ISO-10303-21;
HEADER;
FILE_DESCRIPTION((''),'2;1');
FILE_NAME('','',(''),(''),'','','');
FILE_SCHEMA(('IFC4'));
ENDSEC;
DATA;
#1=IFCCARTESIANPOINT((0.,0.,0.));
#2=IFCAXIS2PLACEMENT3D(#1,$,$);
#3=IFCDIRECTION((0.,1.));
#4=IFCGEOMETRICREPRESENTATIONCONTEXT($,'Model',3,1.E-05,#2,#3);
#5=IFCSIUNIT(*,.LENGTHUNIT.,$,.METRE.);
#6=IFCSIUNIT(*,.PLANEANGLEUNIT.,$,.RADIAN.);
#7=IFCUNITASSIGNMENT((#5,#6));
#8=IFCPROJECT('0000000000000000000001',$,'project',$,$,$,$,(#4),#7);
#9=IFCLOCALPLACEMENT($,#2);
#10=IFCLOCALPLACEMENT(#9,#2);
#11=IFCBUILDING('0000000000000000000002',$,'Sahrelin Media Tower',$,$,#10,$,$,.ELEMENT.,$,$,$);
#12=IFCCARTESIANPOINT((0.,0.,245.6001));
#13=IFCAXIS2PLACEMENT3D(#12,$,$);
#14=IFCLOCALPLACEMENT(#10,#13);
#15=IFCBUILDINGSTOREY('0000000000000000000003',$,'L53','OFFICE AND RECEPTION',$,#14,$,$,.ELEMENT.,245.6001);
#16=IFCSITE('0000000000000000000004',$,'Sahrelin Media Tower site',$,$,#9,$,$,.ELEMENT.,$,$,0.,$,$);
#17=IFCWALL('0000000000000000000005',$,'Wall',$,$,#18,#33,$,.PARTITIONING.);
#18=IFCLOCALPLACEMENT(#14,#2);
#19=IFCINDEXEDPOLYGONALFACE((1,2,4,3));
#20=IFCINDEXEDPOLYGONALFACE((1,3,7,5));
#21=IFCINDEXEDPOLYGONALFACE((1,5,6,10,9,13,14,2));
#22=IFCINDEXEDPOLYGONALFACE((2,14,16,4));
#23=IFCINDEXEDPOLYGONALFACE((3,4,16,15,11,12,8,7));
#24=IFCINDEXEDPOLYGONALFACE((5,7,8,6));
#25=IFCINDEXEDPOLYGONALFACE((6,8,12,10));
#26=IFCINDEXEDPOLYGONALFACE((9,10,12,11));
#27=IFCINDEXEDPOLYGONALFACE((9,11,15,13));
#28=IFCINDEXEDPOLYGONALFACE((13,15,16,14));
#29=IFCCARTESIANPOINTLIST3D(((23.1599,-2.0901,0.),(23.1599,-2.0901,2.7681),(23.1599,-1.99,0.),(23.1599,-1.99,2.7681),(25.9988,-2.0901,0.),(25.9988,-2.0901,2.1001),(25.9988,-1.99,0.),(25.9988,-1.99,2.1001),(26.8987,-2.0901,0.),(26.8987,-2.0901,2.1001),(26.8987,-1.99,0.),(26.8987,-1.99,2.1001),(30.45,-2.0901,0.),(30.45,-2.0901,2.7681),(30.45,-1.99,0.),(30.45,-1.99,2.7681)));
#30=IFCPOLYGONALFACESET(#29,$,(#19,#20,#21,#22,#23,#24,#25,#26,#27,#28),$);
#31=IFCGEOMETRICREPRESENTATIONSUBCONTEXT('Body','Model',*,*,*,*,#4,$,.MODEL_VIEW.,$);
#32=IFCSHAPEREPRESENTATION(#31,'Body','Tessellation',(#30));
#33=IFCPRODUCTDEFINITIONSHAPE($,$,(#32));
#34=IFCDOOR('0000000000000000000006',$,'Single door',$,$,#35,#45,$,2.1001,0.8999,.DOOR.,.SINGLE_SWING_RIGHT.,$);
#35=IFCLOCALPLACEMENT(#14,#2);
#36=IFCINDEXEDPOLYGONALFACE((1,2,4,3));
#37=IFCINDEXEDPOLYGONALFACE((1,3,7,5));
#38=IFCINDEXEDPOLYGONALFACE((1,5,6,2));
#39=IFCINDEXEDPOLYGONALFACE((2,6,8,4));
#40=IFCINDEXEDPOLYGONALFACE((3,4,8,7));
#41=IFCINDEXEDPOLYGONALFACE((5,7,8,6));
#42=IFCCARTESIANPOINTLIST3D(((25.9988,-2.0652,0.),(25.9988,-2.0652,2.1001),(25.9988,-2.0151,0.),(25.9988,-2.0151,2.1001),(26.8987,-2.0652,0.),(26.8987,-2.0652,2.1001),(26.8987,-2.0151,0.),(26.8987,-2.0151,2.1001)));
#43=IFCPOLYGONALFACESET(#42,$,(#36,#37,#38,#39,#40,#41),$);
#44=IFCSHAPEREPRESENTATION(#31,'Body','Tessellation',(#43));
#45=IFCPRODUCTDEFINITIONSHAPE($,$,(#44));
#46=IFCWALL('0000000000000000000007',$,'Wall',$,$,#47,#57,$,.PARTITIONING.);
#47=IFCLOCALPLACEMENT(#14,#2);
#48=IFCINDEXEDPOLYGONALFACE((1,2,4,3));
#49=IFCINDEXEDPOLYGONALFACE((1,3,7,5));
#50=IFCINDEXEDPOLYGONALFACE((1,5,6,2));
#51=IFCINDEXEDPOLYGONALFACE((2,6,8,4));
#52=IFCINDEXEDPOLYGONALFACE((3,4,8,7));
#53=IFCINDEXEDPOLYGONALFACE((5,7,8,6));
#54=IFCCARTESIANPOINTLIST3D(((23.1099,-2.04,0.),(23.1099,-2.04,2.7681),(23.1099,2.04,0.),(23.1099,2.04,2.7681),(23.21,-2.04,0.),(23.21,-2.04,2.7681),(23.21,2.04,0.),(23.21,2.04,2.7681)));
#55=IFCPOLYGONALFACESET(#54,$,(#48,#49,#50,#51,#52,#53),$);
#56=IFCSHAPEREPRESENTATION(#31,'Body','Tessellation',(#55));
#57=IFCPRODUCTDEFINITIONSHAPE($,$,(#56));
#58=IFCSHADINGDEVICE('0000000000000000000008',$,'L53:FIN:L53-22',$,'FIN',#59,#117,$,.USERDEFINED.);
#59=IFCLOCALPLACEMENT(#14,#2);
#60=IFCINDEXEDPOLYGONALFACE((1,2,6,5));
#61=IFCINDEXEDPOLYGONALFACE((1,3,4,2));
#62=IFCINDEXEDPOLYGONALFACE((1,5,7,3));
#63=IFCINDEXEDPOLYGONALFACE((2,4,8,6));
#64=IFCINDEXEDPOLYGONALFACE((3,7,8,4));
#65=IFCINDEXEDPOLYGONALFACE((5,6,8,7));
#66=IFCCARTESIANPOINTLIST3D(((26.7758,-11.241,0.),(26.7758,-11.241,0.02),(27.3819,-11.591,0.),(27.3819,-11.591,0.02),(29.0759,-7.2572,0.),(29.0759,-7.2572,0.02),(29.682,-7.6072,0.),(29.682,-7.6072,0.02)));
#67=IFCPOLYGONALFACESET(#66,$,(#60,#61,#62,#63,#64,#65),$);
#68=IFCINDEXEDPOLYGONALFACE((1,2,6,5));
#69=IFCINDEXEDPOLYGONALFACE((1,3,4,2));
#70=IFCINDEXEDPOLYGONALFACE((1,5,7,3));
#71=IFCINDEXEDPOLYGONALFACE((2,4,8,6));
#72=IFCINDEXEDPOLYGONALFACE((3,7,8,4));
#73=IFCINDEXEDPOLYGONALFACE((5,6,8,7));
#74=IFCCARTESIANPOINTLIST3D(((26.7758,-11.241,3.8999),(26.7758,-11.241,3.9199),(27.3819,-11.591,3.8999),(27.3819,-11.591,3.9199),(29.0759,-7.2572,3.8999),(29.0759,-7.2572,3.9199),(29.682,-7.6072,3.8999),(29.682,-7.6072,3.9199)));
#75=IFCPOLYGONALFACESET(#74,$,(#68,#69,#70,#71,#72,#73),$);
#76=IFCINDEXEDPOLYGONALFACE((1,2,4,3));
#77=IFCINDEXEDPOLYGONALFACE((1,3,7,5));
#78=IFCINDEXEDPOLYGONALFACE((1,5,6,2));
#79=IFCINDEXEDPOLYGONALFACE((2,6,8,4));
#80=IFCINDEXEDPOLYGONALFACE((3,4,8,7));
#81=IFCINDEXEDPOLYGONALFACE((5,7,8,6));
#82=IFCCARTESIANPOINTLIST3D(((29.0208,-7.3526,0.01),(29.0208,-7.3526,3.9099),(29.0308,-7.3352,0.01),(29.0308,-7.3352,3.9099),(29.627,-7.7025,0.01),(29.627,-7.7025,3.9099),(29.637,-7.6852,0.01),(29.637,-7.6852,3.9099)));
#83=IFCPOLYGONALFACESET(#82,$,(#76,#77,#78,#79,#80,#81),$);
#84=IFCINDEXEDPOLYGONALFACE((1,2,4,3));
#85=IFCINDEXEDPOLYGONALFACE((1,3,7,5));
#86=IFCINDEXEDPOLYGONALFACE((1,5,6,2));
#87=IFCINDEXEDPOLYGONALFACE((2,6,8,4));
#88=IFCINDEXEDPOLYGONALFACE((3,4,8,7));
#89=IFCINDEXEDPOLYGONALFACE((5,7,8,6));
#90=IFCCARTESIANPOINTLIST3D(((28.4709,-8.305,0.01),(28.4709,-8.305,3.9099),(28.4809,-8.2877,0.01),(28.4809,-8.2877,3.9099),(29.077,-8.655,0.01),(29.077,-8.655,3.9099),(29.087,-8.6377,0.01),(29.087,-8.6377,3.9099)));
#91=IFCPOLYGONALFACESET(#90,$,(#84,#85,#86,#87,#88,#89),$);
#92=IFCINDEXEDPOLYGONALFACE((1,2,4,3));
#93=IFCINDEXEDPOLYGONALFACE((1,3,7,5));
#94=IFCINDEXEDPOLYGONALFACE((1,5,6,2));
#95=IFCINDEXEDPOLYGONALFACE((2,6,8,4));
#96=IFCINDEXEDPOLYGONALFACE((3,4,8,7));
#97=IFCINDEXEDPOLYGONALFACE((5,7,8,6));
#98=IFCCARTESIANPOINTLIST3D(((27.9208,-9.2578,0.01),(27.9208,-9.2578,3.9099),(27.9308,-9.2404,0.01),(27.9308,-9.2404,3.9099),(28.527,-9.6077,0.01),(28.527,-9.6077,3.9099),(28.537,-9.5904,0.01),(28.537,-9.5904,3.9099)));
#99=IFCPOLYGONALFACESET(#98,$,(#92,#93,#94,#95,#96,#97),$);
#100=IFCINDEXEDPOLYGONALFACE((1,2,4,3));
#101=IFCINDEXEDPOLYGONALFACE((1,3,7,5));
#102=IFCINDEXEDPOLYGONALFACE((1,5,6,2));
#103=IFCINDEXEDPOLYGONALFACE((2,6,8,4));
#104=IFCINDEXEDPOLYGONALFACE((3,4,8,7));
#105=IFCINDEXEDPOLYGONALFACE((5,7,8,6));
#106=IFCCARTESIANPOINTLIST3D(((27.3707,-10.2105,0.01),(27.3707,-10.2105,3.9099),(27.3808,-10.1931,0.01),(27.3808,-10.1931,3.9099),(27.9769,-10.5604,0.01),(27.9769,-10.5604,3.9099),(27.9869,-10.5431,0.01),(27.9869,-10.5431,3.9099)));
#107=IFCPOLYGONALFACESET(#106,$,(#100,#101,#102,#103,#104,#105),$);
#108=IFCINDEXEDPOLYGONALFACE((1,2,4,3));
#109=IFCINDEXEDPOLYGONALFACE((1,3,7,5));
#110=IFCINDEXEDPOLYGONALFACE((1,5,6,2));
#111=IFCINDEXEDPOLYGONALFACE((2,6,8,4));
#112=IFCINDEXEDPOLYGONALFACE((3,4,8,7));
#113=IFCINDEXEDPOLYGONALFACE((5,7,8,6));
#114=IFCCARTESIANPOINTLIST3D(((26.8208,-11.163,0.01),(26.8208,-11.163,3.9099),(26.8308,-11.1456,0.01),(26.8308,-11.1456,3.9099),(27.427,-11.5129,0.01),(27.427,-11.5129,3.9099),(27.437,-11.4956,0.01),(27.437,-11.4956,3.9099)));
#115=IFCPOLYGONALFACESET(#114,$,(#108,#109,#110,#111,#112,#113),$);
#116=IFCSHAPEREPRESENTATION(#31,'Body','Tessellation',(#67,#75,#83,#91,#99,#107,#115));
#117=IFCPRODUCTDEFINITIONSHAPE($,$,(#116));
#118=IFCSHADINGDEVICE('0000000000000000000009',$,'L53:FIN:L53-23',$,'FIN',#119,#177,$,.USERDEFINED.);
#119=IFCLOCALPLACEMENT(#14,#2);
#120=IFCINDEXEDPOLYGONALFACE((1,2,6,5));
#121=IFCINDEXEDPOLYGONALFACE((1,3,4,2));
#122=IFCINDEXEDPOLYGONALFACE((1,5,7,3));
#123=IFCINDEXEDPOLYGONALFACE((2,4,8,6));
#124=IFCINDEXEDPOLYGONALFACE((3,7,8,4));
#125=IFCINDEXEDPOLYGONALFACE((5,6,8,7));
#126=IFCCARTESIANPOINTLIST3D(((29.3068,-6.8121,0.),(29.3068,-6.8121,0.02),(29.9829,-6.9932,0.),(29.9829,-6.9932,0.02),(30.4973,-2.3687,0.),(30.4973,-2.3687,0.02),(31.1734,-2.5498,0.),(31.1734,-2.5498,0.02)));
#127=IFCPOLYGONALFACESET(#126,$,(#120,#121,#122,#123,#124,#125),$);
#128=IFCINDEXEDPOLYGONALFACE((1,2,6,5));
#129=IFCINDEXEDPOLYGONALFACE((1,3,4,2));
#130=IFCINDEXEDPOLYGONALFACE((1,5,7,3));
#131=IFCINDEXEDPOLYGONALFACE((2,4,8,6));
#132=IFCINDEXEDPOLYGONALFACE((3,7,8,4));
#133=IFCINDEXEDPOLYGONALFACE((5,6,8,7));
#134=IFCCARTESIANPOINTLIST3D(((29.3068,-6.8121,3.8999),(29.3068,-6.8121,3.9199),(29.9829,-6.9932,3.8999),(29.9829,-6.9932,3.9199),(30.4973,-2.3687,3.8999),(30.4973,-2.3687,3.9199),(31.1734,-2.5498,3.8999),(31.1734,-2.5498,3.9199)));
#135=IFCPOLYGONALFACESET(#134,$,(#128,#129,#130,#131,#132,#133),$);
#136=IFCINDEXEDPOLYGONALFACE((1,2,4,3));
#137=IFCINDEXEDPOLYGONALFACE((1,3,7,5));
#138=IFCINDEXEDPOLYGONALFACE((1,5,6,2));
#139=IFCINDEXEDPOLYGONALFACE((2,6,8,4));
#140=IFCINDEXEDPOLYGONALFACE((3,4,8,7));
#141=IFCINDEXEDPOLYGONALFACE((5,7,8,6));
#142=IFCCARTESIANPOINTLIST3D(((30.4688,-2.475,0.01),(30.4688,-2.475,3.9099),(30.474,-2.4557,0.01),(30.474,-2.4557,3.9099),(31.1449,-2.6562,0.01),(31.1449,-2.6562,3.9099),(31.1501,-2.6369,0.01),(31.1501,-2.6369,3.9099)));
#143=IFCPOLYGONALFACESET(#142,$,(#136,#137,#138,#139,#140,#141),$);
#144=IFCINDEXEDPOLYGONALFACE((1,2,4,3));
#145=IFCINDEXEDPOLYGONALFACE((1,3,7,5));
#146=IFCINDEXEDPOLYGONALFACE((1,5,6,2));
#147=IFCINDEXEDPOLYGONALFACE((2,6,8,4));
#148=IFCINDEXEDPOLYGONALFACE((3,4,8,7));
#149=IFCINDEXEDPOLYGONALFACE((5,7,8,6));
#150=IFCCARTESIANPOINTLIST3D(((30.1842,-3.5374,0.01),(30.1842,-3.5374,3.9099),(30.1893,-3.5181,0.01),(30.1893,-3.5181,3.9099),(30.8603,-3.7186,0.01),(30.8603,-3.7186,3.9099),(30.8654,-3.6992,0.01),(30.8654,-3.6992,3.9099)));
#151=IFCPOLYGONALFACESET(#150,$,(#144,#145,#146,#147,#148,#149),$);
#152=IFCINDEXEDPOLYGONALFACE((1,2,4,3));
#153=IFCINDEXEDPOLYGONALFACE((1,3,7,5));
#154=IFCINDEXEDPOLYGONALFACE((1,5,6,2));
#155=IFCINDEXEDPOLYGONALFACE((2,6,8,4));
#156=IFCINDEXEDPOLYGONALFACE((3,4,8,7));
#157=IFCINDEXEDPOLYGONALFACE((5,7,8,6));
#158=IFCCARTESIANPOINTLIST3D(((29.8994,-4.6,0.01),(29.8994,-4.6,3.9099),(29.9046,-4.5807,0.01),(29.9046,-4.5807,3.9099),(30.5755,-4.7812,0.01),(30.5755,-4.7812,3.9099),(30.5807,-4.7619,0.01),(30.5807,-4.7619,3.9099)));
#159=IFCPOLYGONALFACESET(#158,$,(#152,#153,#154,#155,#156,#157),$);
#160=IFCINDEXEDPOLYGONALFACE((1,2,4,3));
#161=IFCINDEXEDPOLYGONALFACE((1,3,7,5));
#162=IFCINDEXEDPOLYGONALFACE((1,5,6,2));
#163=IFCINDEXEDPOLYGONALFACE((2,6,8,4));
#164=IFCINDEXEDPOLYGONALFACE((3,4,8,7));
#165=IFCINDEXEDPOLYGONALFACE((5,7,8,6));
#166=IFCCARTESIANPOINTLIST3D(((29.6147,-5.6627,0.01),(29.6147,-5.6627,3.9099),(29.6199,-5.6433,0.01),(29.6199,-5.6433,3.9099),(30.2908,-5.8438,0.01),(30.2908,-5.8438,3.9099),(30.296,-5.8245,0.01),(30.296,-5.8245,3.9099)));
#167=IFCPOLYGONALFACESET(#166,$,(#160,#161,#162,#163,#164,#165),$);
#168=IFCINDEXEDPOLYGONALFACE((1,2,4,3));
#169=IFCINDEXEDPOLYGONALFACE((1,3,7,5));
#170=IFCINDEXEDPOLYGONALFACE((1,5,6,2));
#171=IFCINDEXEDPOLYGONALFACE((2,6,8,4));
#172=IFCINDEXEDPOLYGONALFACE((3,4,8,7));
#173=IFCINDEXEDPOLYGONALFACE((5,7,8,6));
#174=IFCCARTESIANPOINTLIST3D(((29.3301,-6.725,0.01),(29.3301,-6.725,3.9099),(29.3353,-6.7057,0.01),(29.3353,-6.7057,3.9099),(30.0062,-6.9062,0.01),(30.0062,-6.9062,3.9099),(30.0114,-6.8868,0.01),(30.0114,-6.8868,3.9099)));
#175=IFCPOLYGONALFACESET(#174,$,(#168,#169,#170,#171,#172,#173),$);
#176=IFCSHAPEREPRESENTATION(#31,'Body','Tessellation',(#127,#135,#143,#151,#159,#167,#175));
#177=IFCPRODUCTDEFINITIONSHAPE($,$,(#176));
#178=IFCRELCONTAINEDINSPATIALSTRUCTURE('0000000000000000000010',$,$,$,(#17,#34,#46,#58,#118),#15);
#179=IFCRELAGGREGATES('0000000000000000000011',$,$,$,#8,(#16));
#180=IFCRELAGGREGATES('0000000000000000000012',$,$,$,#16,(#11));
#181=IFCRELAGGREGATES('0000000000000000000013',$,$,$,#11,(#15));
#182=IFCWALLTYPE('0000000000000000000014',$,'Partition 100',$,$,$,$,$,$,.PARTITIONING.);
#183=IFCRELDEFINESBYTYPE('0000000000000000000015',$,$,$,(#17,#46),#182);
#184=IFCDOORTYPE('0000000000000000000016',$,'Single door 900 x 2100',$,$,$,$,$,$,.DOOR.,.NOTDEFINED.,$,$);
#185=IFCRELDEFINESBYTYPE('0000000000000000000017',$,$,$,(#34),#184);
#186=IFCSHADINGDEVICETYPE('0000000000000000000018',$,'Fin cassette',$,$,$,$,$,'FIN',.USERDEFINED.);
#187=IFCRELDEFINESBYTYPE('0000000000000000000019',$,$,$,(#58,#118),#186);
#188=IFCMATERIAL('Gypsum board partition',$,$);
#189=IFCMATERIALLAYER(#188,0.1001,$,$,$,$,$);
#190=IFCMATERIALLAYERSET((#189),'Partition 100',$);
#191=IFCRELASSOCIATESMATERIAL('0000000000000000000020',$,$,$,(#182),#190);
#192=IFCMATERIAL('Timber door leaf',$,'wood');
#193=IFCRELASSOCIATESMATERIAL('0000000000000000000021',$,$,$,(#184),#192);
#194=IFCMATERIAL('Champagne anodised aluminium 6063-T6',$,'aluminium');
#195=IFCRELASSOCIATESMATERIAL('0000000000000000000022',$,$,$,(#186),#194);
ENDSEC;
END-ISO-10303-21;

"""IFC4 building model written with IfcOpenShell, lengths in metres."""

from ifc_helpers import new_model, si_unit, direction, frame, frame_2d, origin, origin_2d, place, context, subcontext, project, spatial, rectangle, extrude, material, layer, layer_set, type_object, element, fill, save


model = new_model("IFC4")

# Units and contexts
model_context = context("Model", 3, precision=1e-05, world=origin(), true_north=direction((0.0, 1.0)))
body_context = subcontext(model_context, "Body", "Model", "MODEL_VIEW")
ifc_project = project(units=[si_unit("LENGTHUNIT", "METRE"), si_unit("PLANEANGLEUNIT", "RADIAN")], contexts=[model_context])

# Site, building, storey
site_placement = place(None, origin())
site = spatial("IfcSite", under=ifc_project, at=site_placement, Name="Sahrelin Media Tower site", CompositionType="ELEMENT", RefElevation=0.0)
building_placement = place(site_placement, origin())
building = spatial("IfcBuilding", under=site, at=building_placement, Name="Sahrelin Media Tower", CompositionType="ELEMENT")
storey_placement = place(building_placement, frame((0.0, 0.0, 245.6001)))
storey = spatial("IfcBuildingStorey", under=building, at=storey_placement, Name="L53", Description="OFFICE AND RECEPTION", CompositionType="ELEMENT", Elevation=245.6001)

# Shared definitions
ifc_material_1 = material(Name="Champagne anodised aluminium 6063-T6", Category="aluminium")

# Wall, opening, door
ifc_material_2 = material(Name="Gypsum board partition")
ifc_layer_1 = layer(ifc_material_2, 0.1001)
ifc_layer_set_1 = layer_set([ifc_layer_1], Name="Partition 100")
wall_type_1 = type_object("IfcWallType", Name="Partition 100", PredefinedType="PARTITIONING", material=ifc_layer_set_1)
wall_1_placement = place(storey_placement, frame((23.1599, -2.04, 0.0), z_axis=(0.0, 0.0, 1.0), x_axis=(1.0, 0.0, 0.0)))
wall_1 = element("IfcWall", 1, at=wall_1_placement, inside=storey, type_object=wall_type_1, Name="Wall", PredefinedType="PARTITIONING", context=body_context, shape_type="SweptSolid", body=[
    extrude(rectangle(XDim=7.29, YDim=0.1001, at=frame_2d((3.645, 0.0))), origin(), (0.0, 0.0, 1.0), 2.7681),
])
opening_1_placement = place(wall_1_placement, frame((2.8389, 0.0, 0.0)))
opening_1 = element("IfcOpeningElement", 2, at=opening_1_placement, cuts=wall_1, PredefinedType="OPENING", context=body_context, shape_type="SweptSolid", body=[
    extrude(rectangle(XDim=0.8999, YDim=2.1001, at=frame_2d((0.45, 1.05))), frame((0.0, 0.05, 0.0), z_axis=(0.0, -1.0, 0.0), x_axis=(1.0, 0.0, 0.0)), (0.0, 0.0, 1.0), 0.1001),
])
ifc_material_3 = material(Name="Timber door leaf", Category="wood")
door_type_1 = type_object("IfcDoorType", Name="Single door 900 x 2100", OperationType="NOTDEFINED", PredefinedType="DOOR", material=ifc_material_3)
door_1_placement = place(opening_1_placement, origin())
door_1 = element("IfcDoor", 3, at=door_1_placement, inside=storey, type_object=door_type_1, Name="Single door", OperationType="SINGLE_SWING_RIGHT", OverallHeight=2.1001, OverallWidth=0.8999, PredefinedType="DOOR", context=body_context, shape_type="SweptSolid", body=[
    extrude(rectangle(XDim=0.8999, YDim=2.1001, at=frame_2d((0.45, 1.05))), frame((0.0, 0.0249, 0.0), z_axis=(0.0, -1.0, 0.0), x_axis=(1.0, 0.0, 0.0)), (0.0, 0.0, 1.0), 0.05),
])
fill(opening_1, door_1)

# Wall
wall_2_placement = place(storey_placement, frame((23.1599, -2.04, 0.0), z_axis=(0.0, 0.0, 1.0), x_axis=(0.0, 1.0, 0.0)))
element("IfcWall", 4, at=wall_2_placement, inside=storey, type_object=wall_type_1, Name="Wall", PredefinedType="PARTITIONING", context=body_context, shape_type="SweptSolid", body=[
    extrude(rectangle(XDim=4.0801, YDim=0.1001, at=frame_2d((2.04, 0.0))), origin(), (0.0, 0.0, 1.0), 2.7681),
])

# Shading devices
shading_device_type_1 = type_object("IfcShadingDeviceType", Name="Fin cassette", ElementType="FIN", PredefinedType="USERDEFINED", material=ifc_material_1)
placement_1 = place(storey_placement, frame((27.8652, -9.2141, 0.0), z_axis=(0.0, 0.0, 1.0), x_axis=(-0.500011, -0.866019, 0.0)))
element("IfcShadingDevice", 5, at=placement_1, inside=storey, type_object=shading_device_type_1, Name="L53:FIN:L53-22", ObjectType="FIN", PredefinedType="USERDEFINED", context=body_context, shape_type="SweptSolid", body=[
    extrude(rectangle(XDim=4.6001, YDim=0.7, at=origin_2d()), frame((0.0, 0.4199, 0.0)), (0.0, 0.0, 1.0), 0.02),
    extrude(rectangle(XDim=4.6001, YDim=0.7, at=origin_2d()), frame((0.0, 0.4199, 3.8999)), (0.0, 0.0, 1.0), 0.02),
    extrude(rectangle(XDim=0.02, YDim=0.7, at=origin_2d()), frame((-2.2, 0.4199, 0.01), z_axis=(0.0, 0.0, 1.0), x_axis=(1.0, 0.0, 0.0)), (0.0, 0.0, 1.0), 3.8999),
    extrude(rectangle(XDim=0.02, YDim=0.7, at=origin_2d()), frame((-1.1001, 0.4199, 0.01), z_axis=(0.0, 0.0, 1.0), x_axis=(1.0, 0.0, 0.0)), (0.0, 0.0, 1.0), 3.8999),
    extrude(rectangle(XDim=0.02, YDim=0.7, at=origin_2d()), frame((0.0, 0.4199, 0.01), z_axis=(0.0, 0.0, 1.0), x_axis=(1.0, 0.0, 0.0)), (0.0, 0.0, 1.0), 3.8999),
    extrude(rectangle(XDim=0.02, YDim=0.7, at=origin_2d()), frame((1.1001, 0.4199, 0.01), z_axis=(0.0, 0.0, 1.0), x_axis=(1.0, 0.0, 0.0)), (0.0, 0.0, 1.0), 3.8999),
    extrude(rectangle(XDim=0.02, YDim=0.7, at=origin_2d()), frame((2.2, 0.4199, 0.01), z_axis=(0.0, 0.0, 1.0), x_axis=(1.0, 0.0, 0.0)), (0.0, 0.0, 1.0), 3.8999),
])
placement_2 = place(storey_placement, frame((29.8345, -4.5723, 0.0), z_axis=(0.0, 0.0, 1.0), x_axis=(-0.258808, -0.965929, 0.0)))
element("IfcShadingDevice", 6, at=placement_2, inside=storey, type_object=shading_device_type_1, Name="L53:FIN:L53-23", ObjectType="FIN", PredefinedType="USERDEFINED", context=body_context, shape_type="SweptSolid", body=[
    extrude(rectangle(XDim=4.6001, YDim=0.7, at=origin_2d()), frame((0.0, 0.4199, 0.0)), (0.0, 0.0, 1.0), 0.02),
    extrude(rectangle(XDim=4.6001, YDim=0.7, at=origin_2d()), frame((0.0, 0.4199, 3.8999)), (0.0, 0.0, 1.0), 0.02),
    extrude(rectangle(XDim=0.02, YDim=0.7, at=origin_2d()), frame((-2.2, 0.4199, 0.01), z_axis=(0.0, 0.0, 1.0), x_axis=(1.0, 0.0, 0.0)), (0.0, 0.0, 1.0), 3.8999),
    extrude(rectangle(XDim=0.02, YDim=0.7, at=origin_2d()), frame((-1.1001, 0.4199, 0.01), z_axis=(0.0, 0.0, 1.0), x_axis=(1.0, 0.0, 0.0)), (0.0, 0.0, 1.0), 3.8999),
    extrude(rectangle(XDim=0.02, YDim=0.7, at=origin_2d()), frame((0.0, 0.4199, 0.01), z_axis=(0.0, 0.0, 1.0), x_axis=(1.0, 0.0, 0.0)), (0.0, 0.0, 1.0), 3.8999),
    extrude(rectangle(XDim=0.02, YDim=0.7, at=origin_2d()), frame((1.1001, 0.4199, 0.01), z_axis=(0.0, 0.0, 1.0), x_axis=(1.0, 0.0, 0.0)), (0.0, 0.0, 1.0), 3.8999),
    extrude(rectangle(XDim=0.02, YDim=0.7, at=origin_2d()), frame((2.2, 0.4199, 0.01), z_axis=(0.0, 0.0, 1.0), x_axis=(1.0, 0.0, 0.0)), (0.0, 0.0, 1.0), 3.8999),
])

save(model, "model.ifc")
